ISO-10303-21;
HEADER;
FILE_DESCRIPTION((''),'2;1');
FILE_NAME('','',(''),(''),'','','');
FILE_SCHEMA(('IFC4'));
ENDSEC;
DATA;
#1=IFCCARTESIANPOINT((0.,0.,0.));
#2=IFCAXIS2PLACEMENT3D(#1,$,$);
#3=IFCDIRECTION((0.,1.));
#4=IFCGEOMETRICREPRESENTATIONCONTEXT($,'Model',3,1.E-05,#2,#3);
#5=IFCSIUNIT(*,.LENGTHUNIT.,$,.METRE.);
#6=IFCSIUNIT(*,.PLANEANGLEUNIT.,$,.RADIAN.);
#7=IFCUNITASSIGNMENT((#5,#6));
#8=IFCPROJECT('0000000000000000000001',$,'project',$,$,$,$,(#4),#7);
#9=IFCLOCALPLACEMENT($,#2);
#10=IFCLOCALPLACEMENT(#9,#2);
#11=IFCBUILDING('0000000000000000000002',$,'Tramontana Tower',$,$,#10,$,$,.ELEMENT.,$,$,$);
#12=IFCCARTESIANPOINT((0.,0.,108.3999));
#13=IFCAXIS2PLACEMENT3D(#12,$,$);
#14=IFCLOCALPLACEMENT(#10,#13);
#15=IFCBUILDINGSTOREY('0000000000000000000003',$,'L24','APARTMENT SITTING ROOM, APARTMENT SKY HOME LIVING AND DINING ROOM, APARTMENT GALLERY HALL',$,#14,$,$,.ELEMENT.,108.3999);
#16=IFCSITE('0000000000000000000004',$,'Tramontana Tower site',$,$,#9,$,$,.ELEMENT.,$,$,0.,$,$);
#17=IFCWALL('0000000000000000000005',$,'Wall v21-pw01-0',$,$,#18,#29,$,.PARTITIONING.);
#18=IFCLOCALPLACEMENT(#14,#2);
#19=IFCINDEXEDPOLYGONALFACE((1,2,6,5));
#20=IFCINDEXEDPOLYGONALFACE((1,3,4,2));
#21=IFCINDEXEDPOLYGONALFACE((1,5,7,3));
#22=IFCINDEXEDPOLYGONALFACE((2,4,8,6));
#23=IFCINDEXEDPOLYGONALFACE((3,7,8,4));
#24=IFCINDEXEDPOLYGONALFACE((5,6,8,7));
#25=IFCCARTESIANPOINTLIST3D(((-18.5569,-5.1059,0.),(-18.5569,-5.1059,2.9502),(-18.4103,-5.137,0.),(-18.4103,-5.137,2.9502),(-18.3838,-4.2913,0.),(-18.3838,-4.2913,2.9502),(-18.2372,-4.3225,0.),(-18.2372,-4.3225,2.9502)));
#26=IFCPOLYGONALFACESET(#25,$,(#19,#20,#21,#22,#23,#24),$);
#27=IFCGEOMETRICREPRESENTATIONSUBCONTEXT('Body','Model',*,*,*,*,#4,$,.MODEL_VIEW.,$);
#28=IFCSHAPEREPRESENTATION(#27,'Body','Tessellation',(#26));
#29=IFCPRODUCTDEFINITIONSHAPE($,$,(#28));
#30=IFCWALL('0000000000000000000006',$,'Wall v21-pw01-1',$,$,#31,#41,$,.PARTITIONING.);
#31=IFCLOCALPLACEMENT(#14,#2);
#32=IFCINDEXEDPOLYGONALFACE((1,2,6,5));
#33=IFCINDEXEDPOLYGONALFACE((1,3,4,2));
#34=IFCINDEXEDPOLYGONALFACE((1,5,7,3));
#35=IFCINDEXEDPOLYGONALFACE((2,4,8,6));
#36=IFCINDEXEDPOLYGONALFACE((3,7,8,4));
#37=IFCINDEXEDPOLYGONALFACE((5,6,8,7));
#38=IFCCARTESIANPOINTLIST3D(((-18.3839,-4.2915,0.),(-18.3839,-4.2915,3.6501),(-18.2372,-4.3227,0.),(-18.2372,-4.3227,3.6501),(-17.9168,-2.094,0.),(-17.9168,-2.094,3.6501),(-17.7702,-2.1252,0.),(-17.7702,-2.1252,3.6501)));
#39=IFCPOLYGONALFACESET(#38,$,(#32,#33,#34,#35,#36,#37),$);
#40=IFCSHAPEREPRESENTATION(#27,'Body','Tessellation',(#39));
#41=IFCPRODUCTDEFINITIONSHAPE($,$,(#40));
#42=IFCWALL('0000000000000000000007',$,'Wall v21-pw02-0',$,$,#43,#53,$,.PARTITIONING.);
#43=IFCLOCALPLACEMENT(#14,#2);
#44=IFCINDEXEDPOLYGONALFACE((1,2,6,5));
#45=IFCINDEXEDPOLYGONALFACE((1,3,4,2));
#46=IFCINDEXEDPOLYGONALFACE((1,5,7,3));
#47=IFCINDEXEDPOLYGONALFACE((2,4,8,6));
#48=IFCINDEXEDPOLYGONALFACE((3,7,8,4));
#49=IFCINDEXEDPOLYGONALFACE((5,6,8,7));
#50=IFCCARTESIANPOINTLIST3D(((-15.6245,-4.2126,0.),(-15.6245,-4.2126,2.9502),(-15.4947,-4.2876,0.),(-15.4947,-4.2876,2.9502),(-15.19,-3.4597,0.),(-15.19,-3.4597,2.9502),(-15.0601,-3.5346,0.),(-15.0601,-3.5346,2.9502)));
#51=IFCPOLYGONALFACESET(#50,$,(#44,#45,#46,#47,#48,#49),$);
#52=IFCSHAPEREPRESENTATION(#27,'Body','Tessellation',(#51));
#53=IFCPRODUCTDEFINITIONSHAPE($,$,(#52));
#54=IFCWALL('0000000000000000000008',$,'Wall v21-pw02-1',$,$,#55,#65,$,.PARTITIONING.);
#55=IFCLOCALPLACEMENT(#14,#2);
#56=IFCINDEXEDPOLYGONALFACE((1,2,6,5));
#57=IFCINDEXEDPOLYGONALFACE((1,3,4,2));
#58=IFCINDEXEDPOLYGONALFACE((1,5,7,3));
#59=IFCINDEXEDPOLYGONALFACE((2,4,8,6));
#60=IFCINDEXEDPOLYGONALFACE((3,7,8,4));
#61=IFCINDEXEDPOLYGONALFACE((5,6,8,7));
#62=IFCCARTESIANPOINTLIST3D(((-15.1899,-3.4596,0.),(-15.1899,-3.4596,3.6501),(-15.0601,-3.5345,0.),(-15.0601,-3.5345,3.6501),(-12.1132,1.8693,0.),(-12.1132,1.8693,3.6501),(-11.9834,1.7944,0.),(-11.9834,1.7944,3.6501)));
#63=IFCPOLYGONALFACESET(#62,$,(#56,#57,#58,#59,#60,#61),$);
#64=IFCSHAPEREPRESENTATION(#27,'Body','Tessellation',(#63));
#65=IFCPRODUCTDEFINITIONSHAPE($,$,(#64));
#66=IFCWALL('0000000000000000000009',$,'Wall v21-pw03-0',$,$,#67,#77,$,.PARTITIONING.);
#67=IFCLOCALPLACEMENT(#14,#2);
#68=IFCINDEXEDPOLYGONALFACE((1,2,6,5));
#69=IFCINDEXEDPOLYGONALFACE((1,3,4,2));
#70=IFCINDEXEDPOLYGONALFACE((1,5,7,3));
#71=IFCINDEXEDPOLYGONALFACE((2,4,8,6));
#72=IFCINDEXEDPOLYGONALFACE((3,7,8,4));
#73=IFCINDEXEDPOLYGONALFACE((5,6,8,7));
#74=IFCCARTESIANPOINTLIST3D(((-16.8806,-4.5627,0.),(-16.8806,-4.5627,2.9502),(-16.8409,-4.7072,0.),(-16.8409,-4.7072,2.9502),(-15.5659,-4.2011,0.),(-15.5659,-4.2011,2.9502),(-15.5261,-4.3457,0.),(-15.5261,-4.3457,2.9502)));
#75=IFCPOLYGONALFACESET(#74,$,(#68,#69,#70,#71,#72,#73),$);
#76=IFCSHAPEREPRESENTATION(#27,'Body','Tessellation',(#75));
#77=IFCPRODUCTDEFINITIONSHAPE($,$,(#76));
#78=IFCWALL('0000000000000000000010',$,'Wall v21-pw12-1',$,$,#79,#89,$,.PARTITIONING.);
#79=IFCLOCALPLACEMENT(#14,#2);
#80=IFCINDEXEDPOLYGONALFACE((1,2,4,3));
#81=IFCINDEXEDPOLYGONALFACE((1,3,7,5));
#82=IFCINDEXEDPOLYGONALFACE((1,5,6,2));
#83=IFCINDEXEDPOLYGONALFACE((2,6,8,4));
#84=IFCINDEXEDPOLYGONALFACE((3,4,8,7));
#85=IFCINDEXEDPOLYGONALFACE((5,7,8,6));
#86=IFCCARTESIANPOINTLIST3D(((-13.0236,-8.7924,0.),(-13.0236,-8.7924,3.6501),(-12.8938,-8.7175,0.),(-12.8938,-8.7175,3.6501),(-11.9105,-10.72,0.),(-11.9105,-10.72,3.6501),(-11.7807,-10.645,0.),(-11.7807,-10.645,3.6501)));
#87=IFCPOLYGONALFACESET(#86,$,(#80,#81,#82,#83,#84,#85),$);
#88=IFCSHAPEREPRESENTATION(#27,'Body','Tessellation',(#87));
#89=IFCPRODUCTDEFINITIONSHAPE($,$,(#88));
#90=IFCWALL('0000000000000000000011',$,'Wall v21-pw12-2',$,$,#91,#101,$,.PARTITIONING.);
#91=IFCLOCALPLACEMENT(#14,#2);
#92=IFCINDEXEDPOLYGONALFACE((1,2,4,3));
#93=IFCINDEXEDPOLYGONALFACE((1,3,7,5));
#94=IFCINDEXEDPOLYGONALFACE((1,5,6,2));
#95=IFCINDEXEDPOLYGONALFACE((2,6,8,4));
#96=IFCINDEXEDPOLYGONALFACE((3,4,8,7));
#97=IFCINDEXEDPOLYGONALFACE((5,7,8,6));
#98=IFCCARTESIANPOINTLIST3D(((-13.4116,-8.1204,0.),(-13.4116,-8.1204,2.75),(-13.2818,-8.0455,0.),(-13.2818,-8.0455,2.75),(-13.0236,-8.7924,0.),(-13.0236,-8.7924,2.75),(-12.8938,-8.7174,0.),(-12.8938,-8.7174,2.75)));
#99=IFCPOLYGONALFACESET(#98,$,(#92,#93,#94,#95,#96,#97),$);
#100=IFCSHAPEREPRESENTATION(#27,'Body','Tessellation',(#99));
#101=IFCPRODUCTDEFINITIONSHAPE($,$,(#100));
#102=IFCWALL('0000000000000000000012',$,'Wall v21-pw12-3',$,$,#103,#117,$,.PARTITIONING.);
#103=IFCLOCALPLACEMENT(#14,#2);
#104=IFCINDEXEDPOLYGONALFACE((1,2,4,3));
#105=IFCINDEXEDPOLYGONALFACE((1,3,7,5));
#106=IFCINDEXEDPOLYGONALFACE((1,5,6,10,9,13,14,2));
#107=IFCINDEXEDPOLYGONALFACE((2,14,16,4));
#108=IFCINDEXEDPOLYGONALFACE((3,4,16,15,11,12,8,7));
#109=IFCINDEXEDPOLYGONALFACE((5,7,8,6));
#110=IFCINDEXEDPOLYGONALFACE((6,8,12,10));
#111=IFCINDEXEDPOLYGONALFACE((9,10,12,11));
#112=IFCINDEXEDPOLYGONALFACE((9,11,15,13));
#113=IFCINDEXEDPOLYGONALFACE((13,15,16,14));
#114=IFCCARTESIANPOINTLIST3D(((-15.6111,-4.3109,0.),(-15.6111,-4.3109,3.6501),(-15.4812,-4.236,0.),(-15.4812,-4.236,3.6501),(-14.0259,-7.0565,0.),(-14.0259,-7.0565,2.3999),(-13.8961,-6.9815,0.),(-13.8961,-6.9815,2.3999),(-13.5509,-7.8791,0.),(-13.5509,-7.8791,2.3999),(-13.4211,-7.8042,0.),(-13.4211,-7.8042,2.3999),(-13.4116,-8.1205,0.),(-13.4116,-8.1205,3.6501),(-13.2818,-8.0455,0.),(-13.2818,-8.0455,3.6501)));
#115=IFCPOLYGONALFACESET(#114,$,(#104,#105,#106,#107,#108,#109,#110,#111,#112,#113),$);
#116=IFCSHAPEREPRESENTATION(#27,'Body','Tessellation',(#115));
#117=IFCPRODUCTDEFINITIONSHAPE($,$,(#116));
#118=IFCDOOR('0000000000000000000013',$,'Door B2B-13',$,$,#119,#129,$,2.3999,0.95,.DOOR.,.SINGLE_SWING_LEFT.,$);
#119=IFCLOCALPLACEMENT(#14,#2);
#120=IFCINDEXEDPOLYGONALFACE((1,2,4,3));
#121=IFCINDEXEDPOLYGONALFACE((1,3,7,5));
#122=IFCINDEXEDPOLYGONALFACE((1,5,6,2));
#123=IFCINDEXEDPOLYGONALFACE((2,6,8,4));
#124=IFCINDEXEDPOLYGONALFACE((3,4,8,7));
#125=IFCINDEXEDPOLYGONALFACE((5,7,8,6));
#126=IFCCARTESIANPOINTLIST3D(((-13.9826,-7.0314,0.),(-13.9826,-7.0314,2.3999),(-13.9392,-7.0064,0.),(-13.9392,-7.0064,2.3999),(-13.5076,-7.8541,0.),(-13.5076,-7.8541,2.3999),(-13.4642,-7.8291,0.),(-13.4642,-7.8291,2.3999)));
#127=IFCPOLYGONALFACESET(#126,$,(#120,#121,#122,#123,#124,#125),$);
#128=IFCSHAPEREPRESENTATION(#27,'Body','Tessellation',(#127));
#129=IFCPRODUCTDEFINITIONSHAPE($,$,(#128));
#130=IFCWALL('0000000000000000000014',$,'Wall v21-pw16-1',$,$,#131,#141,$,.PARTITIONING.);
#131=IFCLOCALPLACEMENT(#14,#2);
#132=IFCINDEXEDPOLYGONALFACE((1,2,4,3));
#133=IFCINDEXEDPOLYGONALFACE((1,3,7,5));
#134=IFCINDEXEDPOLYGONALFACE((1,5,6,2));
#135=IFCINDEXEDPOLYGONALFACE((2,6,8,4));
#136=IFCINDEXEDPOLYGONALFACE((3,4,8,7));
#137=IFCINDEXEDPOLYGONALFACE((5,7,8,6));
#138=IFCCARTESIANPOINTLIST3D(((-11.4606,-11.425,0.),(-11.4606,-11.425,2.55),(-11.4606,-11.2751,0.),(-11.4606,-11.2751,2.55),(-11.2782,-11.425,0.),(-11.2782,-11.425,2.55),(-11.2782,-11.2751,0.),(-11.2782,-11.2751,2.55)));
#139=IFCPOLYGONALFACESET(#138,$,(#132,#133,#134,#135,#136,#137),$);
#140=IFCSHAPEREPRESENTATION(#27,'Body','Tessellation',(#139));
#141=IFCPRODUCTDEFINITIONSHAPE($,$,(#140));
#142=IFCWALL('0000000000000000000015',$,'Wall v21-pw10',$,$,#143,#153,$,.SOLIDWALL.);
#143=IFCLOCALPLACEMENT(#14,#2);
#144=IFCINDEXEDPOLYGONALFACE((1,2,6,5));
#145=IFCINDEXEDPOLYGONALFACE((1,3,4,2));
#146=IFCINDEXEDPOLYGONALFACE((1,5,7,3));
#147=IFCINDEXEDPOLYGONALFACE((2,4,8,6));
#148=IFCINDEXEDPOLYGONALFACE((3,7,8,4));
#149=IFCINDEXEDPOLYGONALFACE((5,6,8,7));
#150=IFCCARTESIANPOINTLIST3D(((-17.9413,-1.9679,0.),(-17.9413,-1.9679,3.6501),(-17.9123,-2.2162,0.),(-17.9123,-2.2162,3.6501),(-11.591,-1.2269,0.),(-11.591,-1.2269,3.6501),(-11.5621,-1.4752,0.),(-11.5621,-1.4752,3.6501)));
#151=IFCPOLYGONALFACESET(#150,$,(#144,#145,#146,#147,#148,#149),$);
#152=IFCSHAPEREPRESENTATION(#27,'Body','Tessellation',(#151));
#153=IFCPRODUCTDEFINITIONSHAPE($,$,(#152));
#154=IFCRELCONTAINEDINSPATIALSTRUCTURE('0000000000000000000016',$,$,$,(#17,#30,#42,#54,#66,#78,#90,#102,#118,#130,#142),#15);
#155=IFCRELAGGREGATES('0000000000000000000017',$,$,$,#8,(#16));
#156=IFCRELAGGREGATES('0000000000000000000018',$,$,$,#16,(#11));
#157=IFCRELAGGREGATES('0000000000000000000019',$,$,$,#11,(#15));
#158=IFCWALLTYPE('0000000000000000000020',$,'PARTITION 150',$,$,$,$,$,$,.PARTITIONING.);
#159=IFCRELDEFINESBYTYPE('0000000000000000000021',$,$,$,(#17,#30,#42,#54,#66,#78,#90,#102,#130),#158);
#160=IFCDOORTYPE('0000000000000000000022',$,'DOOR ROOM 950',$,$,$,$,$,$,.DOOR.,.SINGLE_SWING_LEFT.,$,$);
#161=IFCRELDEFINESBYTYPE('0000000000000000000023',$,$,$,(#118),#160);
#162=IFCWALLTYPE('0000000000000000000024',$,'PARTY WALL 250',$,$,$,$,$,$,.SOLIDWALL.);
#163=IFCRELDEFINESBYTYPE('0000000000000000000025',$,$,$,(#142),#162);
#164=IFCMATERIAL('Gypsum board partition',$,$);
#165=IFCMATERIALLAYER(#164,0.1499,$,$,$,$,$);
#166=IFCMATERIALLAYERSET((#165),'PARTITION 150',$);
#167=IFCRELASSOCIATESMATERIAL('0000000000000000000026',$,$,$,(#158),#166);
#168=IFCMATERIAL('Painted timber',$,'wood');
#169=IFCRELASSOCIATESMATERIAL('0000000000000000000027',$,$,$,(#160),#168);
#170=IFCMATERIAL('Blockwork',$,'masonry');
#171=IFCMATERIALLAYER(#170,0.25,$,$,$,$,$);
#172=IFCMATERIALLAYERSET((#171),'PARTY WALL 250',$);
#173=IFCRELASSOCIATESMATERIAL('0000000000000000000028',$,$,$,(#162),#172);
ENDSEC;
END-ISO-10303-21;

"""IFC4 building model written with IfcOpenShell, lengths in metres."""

from ifc_helpers import new_model, si_unit, direction, frame, frame_2d, origin, place, context, subcontext, project, spatial, rectangle, extrude, material, layer, layer_set, type_object, element, fill, save


model = new_model("IFC4")

# Units and contexts
model_context = context("Model", 3, precision=1e-05, world=origin(), true_north=direction((0.0, 1.0)))
body_context = subcontext(model_context, "Body", "Model", "MODEL_VIEW")
ifc_project = project(units=[si_unit("LENGTHUNIT", "METRE"), si_unit("PLANEANGLEUNIT", "RADIAN")], contexts=[model_context])

# Site, building, storey
site_placement = place(None, origin())
site = spatial("IfcSite", under=ifc_project, at=site_placement, Name="Tramontana Tower site", CompositionType="ELEMENT", RefElevation=0.0)
building_placement = place(site_placement, origin())
building = spatial("IfcBuilding", under=site, at=building_placement, Name="Tramontana Tower", CompositionType="ELEMENT")
storey_placement = place(building_placement, frame((0.0, 0.0, 108.3999)))
storey = spatial("IfcBuildingStorey", under=building, at=storey_placement, Name="L24", Description="APARTMENT SITTING ROOM, APARTMENT SKY HOME LIVING AND DINING ROOM, APARTMENT GALLERY HALL", CompositionType="ELEMENT", Elevation=108.3999)

# Walls
ifc_material_1 = material(Name="Gypsum board partition")
ifc_layer_1 = layer(ifc_material_1, 0.1499)
ifc_layer_set_1 = layer_set([ifc_layer_1], Name="PARTITION 150")
wall_type_1 = type_object("IfcWallType", Name="PARTITION 150", PredefinedType="PARTITIONING", material=ifc_layer_set_1)
wall_1_placement = place(storey_placement, frame((-18.4836, -5.1216, 0.0), z_axis=(0.0, 0.0, 1.0), x_axis=(0.207887, 0.978153, 0.0)))
element("IfcWall", 1, at=wall_1_placement, inside=storey, type_object=wall_type_1, Name="Wall v21-pw01-0", PredefinedType="PARTITIONING", context=body_context, shape_type="SweptSolid", body=[
    extrude(rectangle(XDim=0.8328, YDim=0.1499, at=frame_2d((0.4165, 0.0))), origin(), (0.0, 0.0, 1.0), 2.9502),
])
wall_2_placement = place(storey_placement, frame((-18.3105, -4.3071, 0.0), z_axis=(0.0, 0.0, 1.0), x_axis=(0.207889, 0.978152, 0.0)))
element("IfcWall", 2, at=wall_2_placement, inside=storey, type_object=wall_type_1, Name="Wall v21-pw01-1", PredefinedType="PARTITIONING", context=body_context, shape_type="SweptSolid", body=[
    extrude(rectangle(XDim=2.2466, YDim=0.1499, at=frame_2d((1.1233, 0.0))), origin(), (0.0, 0.0, 1.0), 3.6501),
])
wall_3_placement = place(storey_placement, frame((-15.5596, -4.25, 0.0), z_axis=(0.0, 0.0, 1.0), x_axis=(0.499885, 0.866092, 0.0)))
element("IfcWall", 3, at=wall_3_placement, inside=storey, type_object=wall_type_1, Name="Wall v21-pw02-0", PredefinedType="PARTITIONING", context=body_context, shape_type="SweptSolid", body=[
    extrude(rectangle(XDim=0.8694, YDim=0.1499, at=frame_2d((0.4346, 0.0))), origin(), (0.0, 0.0, 1.0), 2.9502),
])
wall_4_placement = place(storey_placement, frame((-15.125, -3.4971, 0.0), z_axis=(0.0, 0.0, 1.0), x_axis=(0.500005, 0.866022, 0.0)))
element("IfcWall", 4, at=wall_4_placement, inside=storey, type_object=wall_type_1, Name="Wall v21-pw02-1", PredefinedType="PARTITIONING", context=body_context, shape_type="SweptSolid", body=[
    extrude(rectangle(XDim=6.1533, YDim=0.1499, at=frame_2d((3.0767, 0.0))), origin(), (0.0, 0.0, 1.0), 3.6501),
])
wall_5_placement = place(storey_placement, frame((-15.5461, -4.2734, 0.0), z_axis=(0.0, 0.0, 1.0), x_axis=(-0.9642, -0.265177, 0.0)))
element("IfcWall", 5, at=wall_5_placement, inside=storey, type_object=wall_type_1, Name="Wall v21-pw03-0", PredefinedType="PARTITIONING", context=body_context, shape_type="SweptSolid", body=[
    extrude(rectangle(XDim=1.3635, YDim=0.1499, at=frame_2d((0.6816, 0.0))), origin(), (0.0, 0.0, 1.0), 2.9502),
])

# Walls
wall_6_placement = place(storey_placement, frame((-11.8457, -10.6824, 0.0), z_axis=(0.0, 0.0, 1.0), x_axis=(-0.500067, 0.865986, 0.0)))
element("IfcWall", 6, at=wall_6_placement, inside=storey, type_object=wall_type_1, Name="Wall v21-pw12-1", PredefinedType="PARTITIONING", context=body_context, shape_type="SweptSolid", body=[
    extrude(rectangle(XDim=2.2258, YDim=0.1499, at=frame_2d((1.1128, 0.0))), origin(), (0.0, 0.0, 1.0), 3.6501),
])
wall_7_placement = place(storey_placement, frame((-12.9587, -8.7549, 0.0), z_axis=(0.0, 0.0, 1.0), x_axis=(-0.500031, 0.866007, 0.0)))
element("IfcWall", 7, at=wall_7_placement, inside=storey, type_object=wall_type_1, Name="Wall v21-pw12-2", PredefinedType="PARTITIONING", context=body_context, shape_type="SweptSolid", body=[
    extrude(rectangle(XDim=0.7759, YDim=0.1499, at=frame_2d((0.3879, 0.0))), origin(), (0.0, 0.0, 1.0), 2.75),
])

# Wall, opening, door
wall_8_placement = place(storey_placement, frame((-13.3467, -8.083, 0.0), z_axis=(0.0, 0.0, 1.0), x_axis=(-0.500001, 0.866025, 0.0)))
wall_8 = element("IfcWall", 8, at=wall_8_placement, inside=storey, type_object=wall_type_1, Name="Wall v21-pw12-3", PredefinedType="PARTITIONING", context=body_context, shape_type="SweptSolid", body=[
    extrude(rectangle(XDim=4.3989, YDim=0.1499, at=frame_2d((2.1995, 0.0))), origin(), (0.0, 0.0, 1.0), 3.6501),
])
opening_1_placement = place(wall_8_placement, frame((0.2786, 0.0, 0.0)))
opening_1 = element("IfcOpeningElement", 9, at=opening_1_placement, cuts=wall_8, PredefinedType="OPENING", context=body_context, shape_type="SweptSolid", body=[
    extrude(rectangle(XDim=0.95, YDim=2.3999, at=frame_2d((0.4751, 1.2))), frame((0.0, 0.085, 0.0), z_axis=(0.0, -1.0, 0.0), x_axis=(1.0, 0.0, 0.0)), (0.0, 0.0, 1.0), 0.1699),
])
ifc_material_2 = material(Name="Painted timber", Category="wood")
door_type_1 = type_object("IfcDoorType", Name="DOOR ROOM 950", OperationType="SINGLE_SWING_LEFT", PredefinedType="DOOR", material=ifc_material_2)
door_1_placement = place(opening_1_placement, origin())
door_1 = element("IfcDoor", 10, at=door_1_placement, inside=storey, type_object=door_type_1, Name="Door B2B-13", OperationType="SINGLE_SWING_LEFT", OverallHeight=2.3999, OverallWidth=0.95, PredefinedType="DOOR", context=body_context, shape_type="SweptSolid", body=[
    extrude(rectangle(XDim=0.95, YDim=2.3999, at=frame_2d((0.4751, 1.2))), frame((0.0, 0.0249, 0.0), z_axis=(0.0, -1.0, 0.0), x_axis=(1.0, 0.0, 0.0)), (0.0, 0.0, 1.0), 0.05),
])
fill(opening_1, door_1)

# Walls
wall_9_placement = place(storey_placement, frame((-11.2781, -11.3501, 0.0), z_axis=(0.0, 0.0, 1.0), x_axis=(-1.0, 0.0, 0.0)))
element("IfcWall", 11, at=wall_9_placement, inside=storey, type_object=wall_type_1, Name="Wall v21-pw16-1", PredefinedType="PARTITIONING", context=body_context, shape_type="SweptSolid", body=[
    extrude(rectangle(XDim=0.1824, YDim=0.1499, at=frame_2d((0.0913, 0.0))), origin(), (0.0, 0.0, 1.0), 2.55),
])
ifc_material_3 = material(Name="Blockwork", Category="masonry")
ifc_layer_2 = layer(ifc_material_3, 0.25)
ifc_layer_set_2 = layer_set([ifc_layer_2], Name="PARTY WALL 250")
wall_type_2 = type_object("IfcWallType", Name="PARTY WALL 250", PredefinedType="SOLIDWALL", material=ifc_layer_set_2)
wall_10_placement = place(storey_placement, frame((-11.5764, -1.3511, 0.0), z_axis=(0.0, 0.0, 1.0), x_axis=(-0.993261, -0.115895, 0.0)))
element("IfcWall", 12, at=wall_10_placement, inside=storey, type_object=wall_type_2, Name="Wall v21-pw10", PredefinedType="SOLIDWALL", context=body_context, shape_type="SweptSolid", body=[
    extrude(rectangle(XDim=6.3933, YDim=0.25, at=frame_2d((3.1968, 0.0))), origin(), (0.0, 0.0, 1.0), 3.6501),
])

save(model, "model.ifc")
